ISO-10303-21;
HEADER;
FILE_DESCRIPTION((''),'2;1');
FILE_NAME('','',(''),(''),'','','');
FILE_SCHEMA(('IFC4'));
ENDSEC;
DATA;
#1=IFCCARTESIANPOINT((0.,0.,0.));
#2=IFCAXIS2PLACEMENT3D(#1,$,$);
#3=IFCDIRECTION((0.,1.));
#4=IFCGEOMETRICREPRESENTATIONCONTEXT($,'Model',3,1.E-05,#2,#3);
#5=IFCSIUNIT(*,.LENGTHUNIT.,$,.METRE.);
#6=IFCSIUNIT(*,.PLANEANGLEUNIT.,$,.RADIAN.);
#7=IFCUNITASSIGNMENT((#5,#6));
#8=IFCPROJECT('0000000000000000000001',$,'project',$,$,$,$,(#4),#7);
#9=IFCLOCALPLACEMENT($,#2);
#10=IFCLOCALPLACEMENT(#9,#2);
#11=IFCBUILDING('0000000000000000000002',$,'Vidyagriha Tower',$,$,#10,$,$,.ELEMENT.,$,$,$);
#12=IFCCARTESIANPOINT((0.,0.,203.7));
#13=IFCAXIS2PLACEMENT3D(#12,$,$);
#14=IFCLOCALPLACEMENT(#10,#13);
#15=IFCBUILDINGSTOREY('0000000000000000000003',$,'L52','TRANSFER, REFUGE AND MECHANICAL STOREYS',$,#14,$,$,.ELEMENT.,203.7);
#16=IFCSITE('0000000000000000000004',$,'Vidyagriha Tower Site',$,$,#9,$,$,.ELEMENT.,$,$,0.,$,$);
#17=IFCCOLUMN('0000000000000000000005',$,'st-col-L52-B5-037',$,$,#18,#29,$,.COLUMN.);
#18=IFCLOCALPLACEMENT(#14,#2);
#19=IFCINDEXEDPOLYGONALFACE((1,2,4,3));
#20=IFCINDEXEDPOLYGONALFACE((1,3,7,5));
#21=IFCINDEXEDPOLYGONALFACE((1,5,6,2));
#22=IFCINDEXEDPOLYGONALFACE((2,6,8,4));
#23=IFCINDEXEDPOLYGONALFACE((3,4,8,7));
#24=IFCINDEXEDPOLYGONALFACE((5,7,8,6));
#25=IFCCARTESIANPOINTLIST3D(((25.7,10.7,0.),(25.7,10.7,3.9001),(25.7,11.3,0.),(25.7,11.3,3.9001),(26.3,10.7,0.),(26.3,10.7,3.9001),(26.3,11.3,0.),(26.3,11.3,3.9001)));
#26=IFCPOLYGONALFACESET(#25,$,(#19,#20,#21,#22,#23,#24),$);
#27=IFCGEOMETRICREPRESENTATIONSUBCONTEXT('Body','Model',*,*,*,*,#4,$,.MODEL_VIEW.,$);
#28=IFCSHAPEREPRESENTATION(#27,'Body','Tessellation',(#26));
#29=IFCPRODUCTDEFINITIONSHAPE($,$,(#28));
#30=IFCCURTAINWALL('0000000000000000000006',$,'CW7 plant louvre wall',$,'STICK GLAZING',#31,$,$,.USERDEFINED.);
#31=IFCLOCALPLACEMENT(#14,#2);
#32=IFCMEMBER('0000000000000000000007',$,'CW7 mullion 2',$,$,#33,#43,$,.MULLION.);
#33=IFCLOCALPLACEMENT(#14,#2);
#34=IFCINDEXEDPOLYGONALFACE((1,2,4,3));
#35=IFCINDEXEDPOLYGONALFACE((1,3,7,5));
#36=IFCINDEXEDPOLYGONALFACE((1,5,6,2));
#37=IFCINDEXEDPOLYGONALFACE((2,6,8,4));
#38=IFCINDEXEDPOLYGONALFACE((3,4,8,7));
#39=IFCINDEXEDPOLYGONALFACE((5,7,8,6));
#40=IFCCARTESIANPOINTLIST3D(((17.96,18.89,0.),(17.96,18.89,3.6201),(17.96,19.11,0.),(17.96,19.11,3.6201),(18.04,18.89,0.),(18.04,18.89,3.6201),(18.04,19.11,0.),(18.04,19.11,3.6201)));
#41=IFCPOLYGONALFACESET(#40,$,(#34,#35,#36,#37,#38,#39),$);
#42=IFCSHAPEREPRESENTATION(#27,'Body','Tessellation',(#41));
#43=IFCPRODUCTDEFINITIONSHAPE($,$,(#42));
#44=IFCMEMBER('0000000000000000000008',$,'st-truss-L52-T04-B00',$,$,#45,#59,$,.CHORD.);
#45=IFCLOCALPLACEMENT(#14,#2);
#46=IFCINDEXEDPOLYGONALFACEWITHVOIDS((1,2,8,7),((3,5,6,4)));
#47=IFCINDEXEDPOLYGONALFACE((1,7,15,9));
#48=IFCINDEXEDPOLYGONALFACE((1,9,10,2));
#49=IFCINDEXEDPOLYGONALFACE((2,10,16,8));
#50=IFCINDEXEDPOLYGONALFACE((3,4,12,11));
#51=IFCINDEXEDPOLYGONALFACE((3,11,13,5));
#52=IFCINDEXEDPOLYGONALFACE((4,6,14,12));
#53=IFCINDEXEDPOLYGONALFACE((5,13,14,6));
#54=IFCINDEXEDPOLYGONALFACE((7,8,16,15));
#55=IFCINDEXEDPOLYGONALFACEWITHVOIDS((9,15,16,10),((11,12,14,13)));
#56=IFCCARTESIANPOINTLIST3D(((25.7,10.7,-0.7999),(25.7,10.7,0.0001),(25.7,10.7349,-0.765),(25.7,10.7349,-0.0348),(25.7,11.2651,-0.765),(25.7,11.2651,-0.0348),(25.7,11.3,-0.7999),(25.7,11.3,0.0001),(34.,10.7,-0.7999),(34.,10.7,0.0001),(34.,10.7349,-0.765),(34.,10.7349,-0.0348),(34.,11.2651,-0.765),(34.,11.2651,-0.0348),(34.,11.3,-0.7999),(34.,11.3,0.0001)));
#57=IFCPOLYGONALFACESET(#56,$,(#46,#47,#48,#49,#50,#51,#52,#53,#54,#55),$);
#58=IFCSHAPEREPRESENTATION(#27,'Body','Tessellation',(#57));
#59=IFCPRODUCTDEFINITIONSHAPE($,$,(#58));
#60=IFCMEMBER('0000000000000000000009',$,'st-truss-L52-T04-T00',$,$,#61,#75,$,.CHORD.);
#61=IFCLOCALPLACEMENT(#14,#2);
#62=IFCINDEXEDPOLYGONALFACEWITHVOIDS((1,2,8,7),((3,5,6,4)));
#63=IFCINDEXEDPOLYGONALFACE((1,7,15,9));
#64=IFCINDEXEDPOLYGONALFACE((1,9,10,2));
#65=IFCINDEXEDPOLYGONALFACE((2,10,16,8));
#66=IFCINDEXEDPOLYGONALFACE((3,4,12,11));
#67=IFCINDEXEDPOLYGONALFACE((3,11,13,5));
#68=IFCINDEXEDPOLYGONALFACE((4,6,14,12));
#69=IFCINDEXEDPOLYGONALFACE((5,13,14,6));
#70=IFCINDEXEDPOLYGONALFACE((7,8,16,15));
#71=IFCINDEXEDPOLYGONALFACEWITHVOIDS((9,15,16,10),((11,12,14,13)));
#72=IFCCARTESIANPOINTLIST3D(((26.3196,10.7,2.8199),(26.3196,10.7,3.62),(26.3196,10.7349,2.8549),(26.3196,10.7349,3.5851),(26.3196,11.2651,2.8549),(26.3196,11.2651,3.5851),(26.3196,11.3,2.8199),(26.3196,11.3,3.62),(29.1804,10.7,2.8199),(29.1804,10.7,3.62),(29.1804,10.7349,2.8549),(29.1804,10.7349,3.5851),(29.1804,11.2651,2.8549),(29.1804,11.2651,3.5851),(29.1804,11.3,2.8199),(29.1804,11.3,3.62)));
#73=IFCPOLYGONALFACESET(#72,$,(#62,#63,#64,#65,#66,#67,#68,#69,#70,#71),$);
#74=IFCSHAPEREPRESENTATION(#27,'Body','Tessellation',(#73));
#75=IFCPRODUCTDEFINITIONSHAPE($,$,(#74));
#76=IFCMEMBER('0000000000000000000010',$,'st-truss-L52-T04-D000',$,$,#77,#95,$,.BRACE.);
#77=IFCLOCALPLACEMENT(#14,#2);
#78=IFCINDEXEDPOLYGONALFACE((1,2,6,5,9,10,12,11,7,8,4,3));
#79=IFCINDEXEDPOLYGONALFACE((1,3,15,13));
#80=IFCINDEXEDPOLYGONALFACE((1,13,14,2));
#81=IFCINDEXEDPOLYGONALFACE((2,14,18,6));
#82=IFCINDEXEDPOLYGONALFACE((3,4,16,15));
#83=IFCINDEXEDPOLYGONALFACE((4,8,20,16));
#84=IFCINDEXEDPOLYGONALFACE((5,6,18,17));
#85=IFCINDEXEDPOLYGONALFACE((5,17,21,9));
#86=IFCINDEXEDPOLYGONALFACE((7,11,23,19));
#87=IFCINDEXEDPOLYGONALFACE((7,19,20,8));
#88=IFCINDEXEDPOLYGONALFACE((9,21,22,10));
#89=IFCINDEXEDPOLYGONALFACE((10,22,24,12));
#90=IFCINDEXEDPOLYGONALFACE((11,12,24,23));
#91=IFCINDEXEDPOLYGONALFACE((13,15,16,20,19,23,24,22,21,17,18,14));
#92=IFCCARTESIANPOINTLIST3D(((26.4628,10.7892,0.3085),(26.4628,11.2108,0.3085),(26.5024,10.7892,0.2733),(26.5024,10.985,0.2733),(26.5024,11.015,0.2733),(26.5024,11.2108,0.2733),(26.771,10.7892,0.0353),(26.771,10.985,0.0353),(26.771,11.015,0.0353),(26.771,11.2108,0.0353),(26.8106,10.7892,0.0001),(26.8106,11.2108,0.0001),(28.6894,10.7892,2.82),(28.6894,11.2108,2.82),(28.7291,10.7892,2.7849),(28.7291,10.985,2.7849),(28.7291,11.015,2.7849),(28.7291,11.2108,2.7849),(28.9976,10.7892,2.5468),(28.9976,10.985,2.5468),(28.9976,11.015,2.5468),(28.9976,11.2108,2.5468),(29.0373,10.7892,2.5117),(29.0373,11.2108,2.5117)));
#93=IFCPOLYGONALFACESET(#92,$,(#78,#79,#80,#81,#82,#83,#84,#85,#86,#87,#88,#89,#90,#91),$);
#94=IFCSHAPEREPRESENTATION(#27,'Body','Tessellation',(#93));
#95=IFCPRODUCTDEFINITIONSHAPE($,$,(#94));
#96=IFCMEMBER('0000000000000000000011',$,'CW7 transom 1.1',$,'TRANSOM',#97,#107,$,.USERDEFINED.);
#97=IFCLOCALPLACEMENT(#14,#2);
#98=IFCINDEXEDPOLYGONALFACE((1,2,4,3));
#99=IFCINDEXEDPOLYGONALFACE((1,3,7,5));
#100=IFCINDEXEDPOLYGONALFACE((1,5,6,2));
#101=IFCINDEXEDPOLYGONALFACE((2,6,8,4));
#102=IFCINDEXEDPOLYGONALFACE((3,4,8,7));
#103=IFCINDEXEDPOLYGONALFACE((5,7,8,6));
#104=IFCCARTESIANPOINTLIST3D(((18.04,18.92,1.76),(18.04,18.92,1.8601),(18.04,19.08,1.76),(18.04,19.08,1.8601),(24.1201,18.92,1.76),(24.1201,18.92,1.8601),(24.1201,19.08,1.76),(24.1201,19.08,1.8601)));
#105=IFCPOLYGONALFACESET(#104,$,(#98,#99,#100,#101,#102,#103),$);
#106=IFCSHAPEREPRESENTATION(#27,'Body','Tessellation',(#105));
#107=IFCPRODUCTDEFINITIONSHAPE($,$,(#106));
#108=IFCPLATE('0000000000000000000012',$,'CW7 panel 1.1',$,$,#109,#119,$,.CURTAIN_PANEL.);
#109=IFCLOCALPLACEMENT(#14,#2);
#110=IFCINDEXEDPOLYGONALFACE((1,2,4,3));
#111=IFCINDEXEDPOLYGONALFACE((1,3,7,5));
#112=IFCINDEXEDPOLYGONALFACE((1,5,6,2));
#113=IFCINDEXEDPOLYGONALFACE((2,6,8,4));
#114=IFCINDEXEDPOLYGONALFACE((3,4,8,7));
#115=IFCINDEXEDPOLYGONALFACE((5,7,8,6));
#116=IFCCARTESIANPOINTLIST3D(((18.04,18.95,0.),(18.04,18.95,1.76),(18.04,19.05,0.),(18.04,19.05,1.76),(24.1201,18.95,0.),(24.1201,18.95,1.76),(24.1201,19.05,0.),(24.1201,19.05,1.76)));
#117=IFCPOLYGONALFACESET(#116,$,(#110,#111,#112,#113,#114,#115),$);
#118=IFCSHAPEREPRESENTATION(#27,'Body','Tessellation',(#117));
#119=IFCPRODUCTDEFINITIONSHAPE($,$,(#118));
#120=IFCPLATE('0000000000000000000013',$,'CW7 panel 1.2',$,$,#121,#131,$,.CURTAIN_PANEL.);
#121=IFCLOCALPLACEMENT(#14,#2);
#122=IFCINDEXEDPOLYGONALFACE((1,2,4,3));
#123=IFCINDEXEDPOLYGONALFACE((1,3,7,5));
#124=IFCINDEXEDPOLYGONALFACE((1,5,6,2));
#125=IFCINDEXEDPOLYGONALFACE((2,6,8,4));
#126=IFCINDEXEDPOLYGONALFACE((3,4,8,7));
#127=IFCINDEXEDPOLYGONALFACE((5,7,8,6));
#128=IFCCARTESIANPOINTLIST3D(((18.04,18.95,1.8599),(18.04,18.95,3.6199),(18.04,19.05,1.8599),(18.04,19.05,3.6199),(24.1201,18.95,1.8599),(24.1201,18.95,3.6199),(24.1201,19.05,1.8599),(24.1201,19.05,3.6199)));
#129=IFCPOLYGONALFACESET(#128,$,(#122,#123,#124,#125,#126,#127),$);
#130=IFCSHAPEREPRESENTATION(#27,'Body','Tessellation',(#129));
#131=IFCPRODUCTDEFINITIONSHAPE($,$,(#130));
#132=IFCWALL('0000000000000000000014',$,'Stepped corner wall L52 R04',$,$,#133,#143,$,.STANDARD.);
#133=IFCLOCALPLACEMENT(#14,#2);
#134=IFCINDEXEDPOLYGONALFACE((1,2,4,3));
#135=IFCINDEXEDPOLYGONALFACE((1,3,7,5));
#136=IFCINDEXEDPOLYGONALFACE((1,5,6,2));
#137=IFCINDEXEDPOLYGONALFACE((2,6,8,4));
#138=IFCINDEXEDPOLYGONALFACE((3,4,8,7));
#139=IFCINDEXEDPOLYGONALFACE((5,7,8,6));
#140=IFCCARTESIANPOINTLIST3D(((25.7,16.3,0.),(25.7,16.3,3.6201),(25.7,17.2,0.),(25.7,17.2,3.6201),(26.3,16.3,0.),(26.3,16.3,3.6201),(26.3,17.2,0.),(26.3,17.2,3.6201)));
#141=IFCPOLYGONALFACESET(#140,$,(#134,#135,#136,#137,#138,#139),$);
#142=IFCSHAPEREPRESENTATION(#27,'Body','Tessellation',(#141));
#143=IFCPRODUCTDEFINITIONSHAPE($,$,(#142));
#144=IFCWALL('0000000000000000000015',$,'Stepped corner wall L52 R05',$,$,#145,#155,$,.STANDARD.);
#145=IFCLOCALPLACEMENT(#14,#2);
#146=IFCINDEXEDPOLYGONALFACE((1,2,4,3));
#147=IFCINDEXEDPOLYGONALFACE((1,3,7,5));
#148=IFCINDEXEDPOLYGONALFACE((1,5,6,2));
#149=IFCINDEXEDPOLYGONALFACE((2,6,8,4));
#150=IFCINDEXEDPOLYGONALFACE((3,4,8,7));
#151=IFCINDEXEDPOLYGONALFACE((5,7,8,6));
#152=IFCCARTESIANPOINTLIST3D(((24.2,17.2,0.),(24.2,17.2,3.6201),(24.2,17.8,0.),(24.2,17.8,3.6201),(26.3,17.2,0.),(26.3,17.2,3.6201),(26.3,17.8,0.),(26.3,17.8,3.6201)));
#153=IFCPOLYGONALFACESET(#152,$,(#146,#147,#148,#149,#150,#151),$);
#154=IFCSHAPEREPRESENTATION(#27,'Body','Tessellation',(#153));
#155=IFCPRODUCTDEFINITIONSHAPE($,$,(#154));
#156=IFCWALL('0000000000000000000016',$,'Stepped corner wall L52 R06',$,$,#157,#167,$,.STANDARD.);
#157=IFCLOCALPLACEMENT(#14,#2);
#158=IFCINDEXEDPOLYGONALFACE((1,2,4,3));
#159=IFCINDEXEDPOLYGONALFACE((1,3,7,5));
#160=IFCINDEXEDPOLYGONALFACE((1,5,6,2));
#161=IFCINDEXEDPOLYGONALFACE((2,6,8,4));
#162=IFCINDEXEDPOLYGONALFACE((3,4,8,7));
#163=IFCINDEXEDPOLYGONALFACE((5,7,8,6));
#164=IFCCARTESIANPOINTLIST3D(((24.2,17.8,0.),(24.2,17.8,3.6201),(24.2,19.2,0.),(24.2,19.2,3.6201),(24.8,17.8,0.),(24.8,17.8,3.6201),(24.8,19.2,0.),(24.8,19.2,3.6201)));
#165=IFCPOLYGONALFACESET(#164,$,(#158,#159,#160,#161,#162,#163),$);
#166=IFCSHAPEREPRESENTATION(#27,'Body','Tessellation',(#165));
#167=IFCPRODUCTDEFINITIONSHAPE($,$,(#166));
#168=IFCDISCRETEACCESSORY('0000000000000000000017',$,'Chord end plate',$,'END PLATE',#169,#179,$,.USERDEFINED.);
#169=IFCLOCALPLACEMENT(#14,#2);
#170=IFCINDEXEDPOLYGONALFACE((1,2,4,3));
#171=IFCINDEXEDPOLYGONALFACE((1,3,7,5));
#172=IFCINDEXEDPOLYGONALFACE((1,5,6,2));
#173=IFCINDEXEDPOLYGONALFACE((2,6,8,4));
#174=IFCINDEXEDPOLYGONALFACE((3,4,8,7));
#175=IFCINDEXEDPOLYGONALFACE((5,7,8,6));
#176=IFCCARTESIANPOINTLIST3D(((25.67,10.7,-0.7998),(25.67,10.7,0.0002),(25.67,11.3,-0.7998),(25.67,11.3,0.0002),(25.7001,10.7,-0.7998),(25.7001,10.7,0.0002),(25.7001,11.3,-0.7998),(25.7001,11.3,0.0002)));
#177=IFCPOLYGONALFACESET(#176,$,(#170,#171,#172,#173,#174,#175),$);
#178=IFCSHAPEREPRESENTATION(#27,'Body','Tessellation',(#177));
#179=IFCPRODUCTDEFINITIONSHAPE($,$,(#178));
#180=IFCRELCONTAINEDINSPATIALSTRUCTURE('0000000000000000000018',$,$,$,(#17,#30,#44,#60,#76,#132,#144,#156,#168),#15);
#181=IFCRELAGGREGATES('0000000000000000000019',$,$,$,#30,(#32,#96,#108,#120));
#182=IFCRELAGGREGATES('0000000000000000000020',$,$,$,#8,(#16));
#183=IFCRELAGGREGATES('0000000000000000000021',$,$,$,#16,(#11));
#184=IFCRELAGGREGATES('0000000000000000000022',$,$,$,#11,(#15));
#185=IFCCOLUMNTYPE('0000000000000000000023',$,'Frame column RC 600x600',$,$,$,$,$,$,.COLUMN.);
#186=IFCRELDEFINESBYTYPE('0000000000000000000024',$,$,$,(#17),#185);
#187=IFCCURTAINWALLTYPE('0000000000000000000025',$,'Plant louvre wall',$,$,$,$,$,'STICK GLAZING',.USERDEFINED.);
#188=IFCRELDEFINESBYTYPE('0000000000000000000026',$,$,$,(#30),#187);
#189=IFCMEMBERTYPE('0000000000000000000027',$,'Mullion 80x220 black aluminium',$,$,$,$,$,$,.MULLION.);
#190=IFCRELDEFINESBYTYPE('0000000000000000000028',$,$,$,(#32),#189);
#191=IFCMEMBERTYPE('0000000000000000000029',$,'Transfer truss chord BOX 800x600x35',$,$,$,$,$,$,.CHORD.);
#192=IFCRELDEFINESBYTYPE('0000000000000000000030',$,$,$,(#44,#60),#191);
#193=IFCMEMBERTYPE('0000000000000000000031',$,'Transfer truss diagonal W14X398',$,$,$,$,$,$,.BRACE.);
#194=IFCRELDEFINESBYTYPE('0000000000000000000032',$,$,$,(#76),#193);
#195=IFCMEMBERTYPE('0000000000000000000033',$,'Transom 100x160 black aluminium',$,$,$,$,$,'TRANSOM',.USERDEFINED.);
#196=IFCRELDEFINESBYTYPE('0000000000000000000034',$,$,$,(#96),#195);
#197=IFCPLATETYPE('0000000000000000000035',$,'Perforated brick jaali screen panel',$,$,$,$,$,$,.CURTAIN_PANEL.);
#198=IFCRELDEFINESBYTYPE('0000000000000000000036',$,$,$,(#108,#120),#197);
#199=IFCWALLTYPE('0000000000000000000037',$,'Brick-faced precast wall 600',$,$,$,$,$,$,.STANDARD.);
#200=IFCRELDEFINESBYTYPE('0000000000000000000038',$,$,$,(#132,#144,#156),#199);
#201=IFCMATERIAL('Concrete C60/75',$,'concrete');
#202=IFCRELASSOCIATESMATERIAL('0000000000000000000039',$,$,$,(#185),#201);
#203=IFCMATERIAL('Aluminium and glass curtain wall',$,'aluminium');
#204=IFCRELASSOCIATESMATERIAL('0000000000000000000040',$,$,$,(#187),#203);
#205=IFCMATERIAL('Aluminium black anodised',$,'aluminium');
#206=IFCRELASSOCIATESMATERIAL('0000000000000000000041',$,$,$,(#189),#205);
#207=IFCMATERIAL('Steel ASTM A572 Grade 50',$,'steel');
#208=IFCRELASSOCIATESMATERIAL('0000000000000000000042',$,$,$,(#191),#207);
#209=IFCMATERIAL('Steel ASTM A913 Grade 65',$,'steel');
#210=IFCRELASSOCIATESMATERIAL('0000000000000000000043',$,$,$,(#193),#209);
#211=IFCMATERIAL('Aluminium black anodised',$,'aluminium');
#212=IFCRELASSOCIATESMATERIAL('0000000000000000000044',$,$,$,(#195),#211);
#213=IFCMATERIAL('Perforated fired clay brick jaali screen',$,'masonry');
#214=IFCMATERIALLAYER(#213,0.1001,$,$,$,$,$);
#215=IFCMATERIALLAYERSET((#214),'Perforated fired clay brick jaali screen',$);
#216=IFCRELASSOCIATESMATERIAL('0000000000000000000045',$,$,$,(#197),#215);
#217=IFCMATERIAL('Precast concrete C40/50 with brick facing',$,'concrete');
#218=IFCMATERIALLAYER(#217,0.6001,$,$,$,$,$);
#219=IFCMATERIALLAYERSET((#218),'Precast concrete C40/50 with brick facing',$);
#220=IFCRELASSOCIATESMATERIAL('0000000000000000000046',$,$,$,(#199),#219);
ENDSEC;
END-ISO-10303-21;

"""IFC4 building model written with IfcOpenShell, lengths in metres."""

from ifc_helpers import new_model, si_unit, direction, frame, frame_2d, origin, origin_2d, place, context, subcontext, project, spatial, rectangle, hollow_rectangle, i_section, extrude, material, layer, layer_set, material_profile, profile_set, type_object, element, aggregate, save


model = new_model("IFC4")

# Units and contexts
model_context = context("Model", 3, precision=1e-05, world=origin(), true_north=direction((0.0, 1.0)))
body_context = subcontext(model_context, "Body", "Model", "MODEL_VIEW")
ifc_project = project(units=[si_unit("LENGTHUNIT", "METRE"), si_unit("PLANEANGLEUNIT", "RADIAN")], contexts=[model_context])

# Site, building, storey
site_placement = place(None, origin())
site = spatial("IfcSite", under=ifc_project, at=site_placement, Name="Vidyagriha Tower Site", CompositionType="ELEMENT", RefElevation=0.0)
building_placement = place(site_placement, origin())
building = spatial("IfcBuilding", under=site, at=building_placement, Name="Vidyagriha Tower", CompositionType="ELEMENT")
storey_placement = place(building_placement, frame((0.0, 0.0, 203.7)))
storey = spatial("IfcBuildingStorey", under=building, at=storey_placement, Name="L52", Description="TRANSFER, REFUGE AND MECHANICAL STOREYS", CompositionType="ELEMENT", Elevation=203.7)

# Column
ifc_material_1 = material(Name="Concrete C60/75", Category="concrete")
ifc_material_profile_1 = material_profile(ifc_material_1, rectangle(XDim=0.6001, YDim=0.6001, at=origin_2d()), Name="RC 600x600")
ifc_profile_set_1 = profile_set([ifc_material_profile_1], Name="Concrete C60/75")
column_type = type_object("IfcColumnType", Name="Frame column RC 600x600", PredefinedType="COLUMN", material=ifc_profile_set_1)
column_placement = place(storey_placement, frame((26.0, 11.0, 0.0)))
element("IfcColumn", 1, at=column_placement, inside=storey, type_object=column_type, Name="st-col-L52-B5-037", PredefinedType="COLUMN", context=body_context, shape_type="SweptSolid", body=[
    extrude(rectangle(XDim=0.6001, YDim=0.6001, at=origin_2d()), origin(), (0.0, 0.0, 1.0), 3.9001),
])

# Curtain wall, member
ifc_material_2 = material(Name="Aluminium and glass curtain wall", Category="aluminium")
curtain_wall_type = type_object("IfcCurtainWallType", Name="Plant louvre wall", ElementType="STICK GLAZING", PredefinedType="USERDEFINED", material=ifc_material_2)
curtain_wall_placement = place(storey_placement, origin())
curtain_wall = element("IfcCurtainWall", 2, at=curtain_wall_placement, inside=storey, type_object=curtain_wall_type, Name="CW7 plant louvre wall", ObjectType="STICK GLAZING", PredefinedType="USERDEFINED")
ifc_material_3 = material(Name="Aluminium black anodised", Category="aluminium")
ifc_material_profile_2 = material_profile(ifc_material_3, rectangle(XDim=0.22, YDim=0.0801, at=origin_2d()), Name="Mullion 80x220 black aluminium")
ifc_profile_set_2 = profile_set([ifc_material_profile_2], Name="Aluminium black anodised")
member_type_1 = type_object("IfcMemberType", Name="Mullion 80x220 black aluminium", PredefinedType="MULLION", material=ifc_profile_set_2)
member_1_placement = place(storey_placement, frame((18.0, 19.0, 0.0), z_axis=(0.0, 0.0, 1.0), x_axis=(0.0, -1.0, 0.0)))
member_1 = element("IfcMember", 3, at=member_1_placement, type_object=member_type_1, Name="CW7 mullion 2", PredefinedType="MULLION", context=body_context, shape_type="SweptSolid", body=[
    extrude(rectangle(XDim=0.22, YDim=0.0801, at=origin_2d()), origin(), (0.0, 0.0, 1.0), 3.6201),
])

# Members
ifc_material_4 = material(Name="Steel ASTM A572 Grade 50", Category="steel")
ifc_material_profile_3 = material_profile(ifc_material_4, hollow_rectangle(XDim=0.6001, YDim=0.8, WallThickness=0.0349, at=origin_2d()), Name="BOX 800x600x35")
ifc_profile_set_3 = profile_set([ifc_material_profile_3], Name="Steel ASTM A572 Grade 50")
member_type_2 = type_object("IfcMemberType", Name="Transfer truss chord BOX 800x600x35", PredefinedType="CHORD", material=ifc_profile_set_3)
member_2_placement = place(storey_placement, frame((25.7, 11.0, -0.3999), z_axis=(1.0, 0.0, 0.0), x_axis=(0.0, 1.0, 0.0)))
element("IfcMember", 4, at=member_2_placement, inside=storey, type_object=member_type_2, Name="st-truss-L52-T04-B00", PredefinedType="CHORD", context=body_context, shape_type="SweptSolid", body=[
    extrude(hollow_rectangle(XDim=0.6001, YDim=0.8, WallThickness=0.0349, at=origin_2d()), origin(), (0.0, 0.0, 1.0), 8.3),
])
member_3_placement = place(storey_placement, frame((26.3196, 11.0, 3.22), z_axis=(1.0, 0.0, 0.0), x_axis=(0.0, 1.0, 0.0)))
element("IfcMember", 5, at=member_3_placement, inside=storey, type_object=member_type_2, Name="st-truss-L52-T04-T00", PredefinedType="CHORD", context=body_context, shape_type="SweptSolid", body=[
    extrude(hollow_rectangle(XDim=0.6001, YDim=0.8, WallThickness=0.0349, at=origin_2d()), origin(), (0.0, 0.0, 1.0), 2.8608),
])
ifc_material_5 = material(Name="Steel ASTM A913 Grade 65", Category="steel")
ifc_material_profile_4 = material_profile(ifc_material_5, i_section(OverallWidth=0.4216, OverallDepth=0.4648, WebThickness=0.03, FlangeThickness=0.053, at=origin_2d()), Name="W14X398")
ifc_profile_set_4 = profile_set([ifc_material_profile_4], Name="Steel ASTM A913 Grade 65")
member_type_3 = type_object("IfcMemberType", Name="Transfer truss diagonal W14X398", PredefinedType="BRACE", material=ifc_profile_set_4)
member_4_placement = place(storey_placement, frame((26.6367, 11.0, 0.1543), z_axis=(0.663388, 0.0, 0.748276), x_axis=(0.0, 1.0, 0.0)))
element("IfcMember", 6, at=member_4_placement, inside=storey, type_object=member_type_3, Name="st-truss-L52-T04-D000", PredefinedType="BRACE", context=body_context, shape_type="SweptSolid", body=[
    extrude(i_section(OverallWidth=0.4216, OverallDepth=0.4648, WebThickness=0.03, FlangeThickness=0.053, at=origin_2d()), origin(), (0.0, 0.0, 1.0), 3.3564),
])

# Member
ifc_material_6 = material(Name="Aluminium black anodised", Category="aluminium")
ifc_material_profile_5 = material_profile(ifc_material_6, rectangle(XDim=0.1599, YDim=0.1001, at=origin_2d()), Name="Transom 100x160 black aluminium")
ifc_profile_set_5 = profile_set([ifc_material_profile_5], Name="Aluminium black anodised")
member_type_4 = type_object("IfcMemberType", Name="Transom 100x160 black aluminium", ElementType="TRANSOM", PredefinedType="USERDEFINED", material=ifc_profile_set_5)
member_5_placement = place(storey_placement, frame((24.1201, 19.0, 1.8101), z_axis=(-1.0, 0.0, 0.0), x_axis=(0.0, -1.0, 0.0)))
member_5 = element("IfcMember", 7, at=member_5_placement, type_object=member_type_4, Name="CW7 transom 1.1", ObjectType="TRANSOM", PredefinedType="USERDEFINED", context=body_context, shape_type="SweptSolid", body=[
    extrude(rectangle(XDim=0.1599, YDim=0.1001, at=origin_2d()), origin(), (0.0, 0.0, 1.0), 6.0801),
])

# Plates
ifc_material_7 = material(Name="Perforated fired clay brick jaali screen", Category="masonry")
ifc_layer_1 = layer(ifc_material_7, 0.1001)
ifc_layer_set_1 = layer_set([ifc_layer_1], Name="Perforated fired clay brick jaali screen")
plate_type = type_object("IfcPlateType", Name="Perforated brick jaali screen panel", PredefinedType="CURTAIN_PANEL", material=ifc_layer_set_1)
plate_1_placement = place(storey_placement, frame((21.0801, 19.0, 0.0), z_axis=(0.0, 0.0, 1.0), x_axis=(-1.0, 0.0, 0.0)))
plate_1 = element("IfcPlate", 8, at=plate_1_placement, type_object=plate_type, Name="CW7 panel 1.1", PredefinedType="CURTAIN_PANEL", context=body_context, shape_type="SweptSolid", body=[
    extrude(rectangle(XDim=6.0801, YDim=0.1001, at=origin_2d()), origin(), (0.0, 0.0, 1.0), 1.76),
])
plate_2_placement = place(storey_placement, frame((21.0801, 19.0, 1.8599), z_axis=(0.0, 0.0, 1.0), x_axis=(-1.0, 0.0, 0.0)))
plate_2 = element("IfcPlate", 9, at=plate_2_placement, type_object=plate_type, Name="CW7 panel 1.2", PredefinedType="CURTAIN_PANEL", context=body_context, shape_type="SweptSolid", body=[
    extrude(rectangle(XDim=6.0801, YDim=0.1001, at=origin_2d()), origin(), (0.0, 0.0, 1.0), 1.76),
])
aggregate(curtain_wall, [member_1, member_5, plate_1, plate_2])

# Walls
ifc_material_8 = material(Name="Precast concrete C40/50 with brick facing", Category="concrete")
ifc_layer_2 = layer(ifc_material_8, 0.6001)
ifc_layer_set_2 = layer_set([ifc_layer_2], Name="Precast concrete C40/50 with brick facing")
wall_type = type_object("IfcWallType", Name="Brick-faced precast wall 600", PredefinedType="STANDARD", material=ifc_layer_set_2)
wall_1_placement = place(storey_placement, frame((26.0, 16.3, 0.0), z_axis=(0.0, 0.0, 1.0), x_axis=(0.0, 1.0, 0.0)))
element("IfcWall", 10, at=wall_1_placement, inside=storey, type_object=wall_type, Name="Stepped corner wall L52 R04", PredefinedType="STANDARD", context=body_context, shape_type="SweptSolid", body=[
    extrude(rectangle(XDim=0.8999, YDim=0.6001, at=frame_2d((0.45, 0.0))), origin(), (0.0, 0.0, 1.0), 3.6201),
])
wall_2_placement = place(storey_placement, frame((26.3, 17.5, 0.0), z_axis=(0.0, 0.0, 1.0), x_axis=(-1.0, 0.0, 0.0)))
element("IfcWall", 11, at=wall_2_placement, inside=storey, type_object=wall_type, Name="Stepped corner wall L52 R05", PredefinedType="STANDARD", context=body_context, shape_type="SweptSolid", body=[
    extrude(rectangle(XDim=2.1001, YDim=0.6001, at=frame_2d((1.05, 0.0))), origin(), (0.0, 0.0, 1.0), 3.6201),
])
wall_3_placement = place(storey_placement, frame((24.5, 17.8, 0.0), z_axis=(0.0, 0.0, 1.0), x_axis=(0.0, 1.0, 0.0)))
element("IfcWall", 12, at=wall_3_placement, inside=storey, type_object=wall_type, Name="Stepped corner wall L52 R06", PredefinedType="STANDARD", context=body_context, shape_type="SweptSolid", body=[
    extrude(rectangle(XDim=1.3999, YDim=0.6001, at=frame_2d((0.7, 0.0))), origin(), (0.0, 0.0, 1.0), 3.6201),
])

# Discrete accessory
discrete_accessory_1_placement = place(storey_placement, frame((25.6851, 11.0, -0.7998), z_axis=(0.0, 0.0, 1.0), x_axis=(-1.0, 0.0, 0.0)))
element("IfcDiscreteAccessory", 13, at=discrete_accessory_1_placement, inside=storey, Name="Chord end plate", ObjectType="END PLATE", PredefinedType="USERDEFINED", context=body_context, shape_type="SweptSolid", body=[
    extrude(rectangle(XDim=0.03, YDim=0.6001, at=origin_2d()), origin(), (0.0, 0.0, 1.0), 0.8),
])

save(model, "model.ifc")
